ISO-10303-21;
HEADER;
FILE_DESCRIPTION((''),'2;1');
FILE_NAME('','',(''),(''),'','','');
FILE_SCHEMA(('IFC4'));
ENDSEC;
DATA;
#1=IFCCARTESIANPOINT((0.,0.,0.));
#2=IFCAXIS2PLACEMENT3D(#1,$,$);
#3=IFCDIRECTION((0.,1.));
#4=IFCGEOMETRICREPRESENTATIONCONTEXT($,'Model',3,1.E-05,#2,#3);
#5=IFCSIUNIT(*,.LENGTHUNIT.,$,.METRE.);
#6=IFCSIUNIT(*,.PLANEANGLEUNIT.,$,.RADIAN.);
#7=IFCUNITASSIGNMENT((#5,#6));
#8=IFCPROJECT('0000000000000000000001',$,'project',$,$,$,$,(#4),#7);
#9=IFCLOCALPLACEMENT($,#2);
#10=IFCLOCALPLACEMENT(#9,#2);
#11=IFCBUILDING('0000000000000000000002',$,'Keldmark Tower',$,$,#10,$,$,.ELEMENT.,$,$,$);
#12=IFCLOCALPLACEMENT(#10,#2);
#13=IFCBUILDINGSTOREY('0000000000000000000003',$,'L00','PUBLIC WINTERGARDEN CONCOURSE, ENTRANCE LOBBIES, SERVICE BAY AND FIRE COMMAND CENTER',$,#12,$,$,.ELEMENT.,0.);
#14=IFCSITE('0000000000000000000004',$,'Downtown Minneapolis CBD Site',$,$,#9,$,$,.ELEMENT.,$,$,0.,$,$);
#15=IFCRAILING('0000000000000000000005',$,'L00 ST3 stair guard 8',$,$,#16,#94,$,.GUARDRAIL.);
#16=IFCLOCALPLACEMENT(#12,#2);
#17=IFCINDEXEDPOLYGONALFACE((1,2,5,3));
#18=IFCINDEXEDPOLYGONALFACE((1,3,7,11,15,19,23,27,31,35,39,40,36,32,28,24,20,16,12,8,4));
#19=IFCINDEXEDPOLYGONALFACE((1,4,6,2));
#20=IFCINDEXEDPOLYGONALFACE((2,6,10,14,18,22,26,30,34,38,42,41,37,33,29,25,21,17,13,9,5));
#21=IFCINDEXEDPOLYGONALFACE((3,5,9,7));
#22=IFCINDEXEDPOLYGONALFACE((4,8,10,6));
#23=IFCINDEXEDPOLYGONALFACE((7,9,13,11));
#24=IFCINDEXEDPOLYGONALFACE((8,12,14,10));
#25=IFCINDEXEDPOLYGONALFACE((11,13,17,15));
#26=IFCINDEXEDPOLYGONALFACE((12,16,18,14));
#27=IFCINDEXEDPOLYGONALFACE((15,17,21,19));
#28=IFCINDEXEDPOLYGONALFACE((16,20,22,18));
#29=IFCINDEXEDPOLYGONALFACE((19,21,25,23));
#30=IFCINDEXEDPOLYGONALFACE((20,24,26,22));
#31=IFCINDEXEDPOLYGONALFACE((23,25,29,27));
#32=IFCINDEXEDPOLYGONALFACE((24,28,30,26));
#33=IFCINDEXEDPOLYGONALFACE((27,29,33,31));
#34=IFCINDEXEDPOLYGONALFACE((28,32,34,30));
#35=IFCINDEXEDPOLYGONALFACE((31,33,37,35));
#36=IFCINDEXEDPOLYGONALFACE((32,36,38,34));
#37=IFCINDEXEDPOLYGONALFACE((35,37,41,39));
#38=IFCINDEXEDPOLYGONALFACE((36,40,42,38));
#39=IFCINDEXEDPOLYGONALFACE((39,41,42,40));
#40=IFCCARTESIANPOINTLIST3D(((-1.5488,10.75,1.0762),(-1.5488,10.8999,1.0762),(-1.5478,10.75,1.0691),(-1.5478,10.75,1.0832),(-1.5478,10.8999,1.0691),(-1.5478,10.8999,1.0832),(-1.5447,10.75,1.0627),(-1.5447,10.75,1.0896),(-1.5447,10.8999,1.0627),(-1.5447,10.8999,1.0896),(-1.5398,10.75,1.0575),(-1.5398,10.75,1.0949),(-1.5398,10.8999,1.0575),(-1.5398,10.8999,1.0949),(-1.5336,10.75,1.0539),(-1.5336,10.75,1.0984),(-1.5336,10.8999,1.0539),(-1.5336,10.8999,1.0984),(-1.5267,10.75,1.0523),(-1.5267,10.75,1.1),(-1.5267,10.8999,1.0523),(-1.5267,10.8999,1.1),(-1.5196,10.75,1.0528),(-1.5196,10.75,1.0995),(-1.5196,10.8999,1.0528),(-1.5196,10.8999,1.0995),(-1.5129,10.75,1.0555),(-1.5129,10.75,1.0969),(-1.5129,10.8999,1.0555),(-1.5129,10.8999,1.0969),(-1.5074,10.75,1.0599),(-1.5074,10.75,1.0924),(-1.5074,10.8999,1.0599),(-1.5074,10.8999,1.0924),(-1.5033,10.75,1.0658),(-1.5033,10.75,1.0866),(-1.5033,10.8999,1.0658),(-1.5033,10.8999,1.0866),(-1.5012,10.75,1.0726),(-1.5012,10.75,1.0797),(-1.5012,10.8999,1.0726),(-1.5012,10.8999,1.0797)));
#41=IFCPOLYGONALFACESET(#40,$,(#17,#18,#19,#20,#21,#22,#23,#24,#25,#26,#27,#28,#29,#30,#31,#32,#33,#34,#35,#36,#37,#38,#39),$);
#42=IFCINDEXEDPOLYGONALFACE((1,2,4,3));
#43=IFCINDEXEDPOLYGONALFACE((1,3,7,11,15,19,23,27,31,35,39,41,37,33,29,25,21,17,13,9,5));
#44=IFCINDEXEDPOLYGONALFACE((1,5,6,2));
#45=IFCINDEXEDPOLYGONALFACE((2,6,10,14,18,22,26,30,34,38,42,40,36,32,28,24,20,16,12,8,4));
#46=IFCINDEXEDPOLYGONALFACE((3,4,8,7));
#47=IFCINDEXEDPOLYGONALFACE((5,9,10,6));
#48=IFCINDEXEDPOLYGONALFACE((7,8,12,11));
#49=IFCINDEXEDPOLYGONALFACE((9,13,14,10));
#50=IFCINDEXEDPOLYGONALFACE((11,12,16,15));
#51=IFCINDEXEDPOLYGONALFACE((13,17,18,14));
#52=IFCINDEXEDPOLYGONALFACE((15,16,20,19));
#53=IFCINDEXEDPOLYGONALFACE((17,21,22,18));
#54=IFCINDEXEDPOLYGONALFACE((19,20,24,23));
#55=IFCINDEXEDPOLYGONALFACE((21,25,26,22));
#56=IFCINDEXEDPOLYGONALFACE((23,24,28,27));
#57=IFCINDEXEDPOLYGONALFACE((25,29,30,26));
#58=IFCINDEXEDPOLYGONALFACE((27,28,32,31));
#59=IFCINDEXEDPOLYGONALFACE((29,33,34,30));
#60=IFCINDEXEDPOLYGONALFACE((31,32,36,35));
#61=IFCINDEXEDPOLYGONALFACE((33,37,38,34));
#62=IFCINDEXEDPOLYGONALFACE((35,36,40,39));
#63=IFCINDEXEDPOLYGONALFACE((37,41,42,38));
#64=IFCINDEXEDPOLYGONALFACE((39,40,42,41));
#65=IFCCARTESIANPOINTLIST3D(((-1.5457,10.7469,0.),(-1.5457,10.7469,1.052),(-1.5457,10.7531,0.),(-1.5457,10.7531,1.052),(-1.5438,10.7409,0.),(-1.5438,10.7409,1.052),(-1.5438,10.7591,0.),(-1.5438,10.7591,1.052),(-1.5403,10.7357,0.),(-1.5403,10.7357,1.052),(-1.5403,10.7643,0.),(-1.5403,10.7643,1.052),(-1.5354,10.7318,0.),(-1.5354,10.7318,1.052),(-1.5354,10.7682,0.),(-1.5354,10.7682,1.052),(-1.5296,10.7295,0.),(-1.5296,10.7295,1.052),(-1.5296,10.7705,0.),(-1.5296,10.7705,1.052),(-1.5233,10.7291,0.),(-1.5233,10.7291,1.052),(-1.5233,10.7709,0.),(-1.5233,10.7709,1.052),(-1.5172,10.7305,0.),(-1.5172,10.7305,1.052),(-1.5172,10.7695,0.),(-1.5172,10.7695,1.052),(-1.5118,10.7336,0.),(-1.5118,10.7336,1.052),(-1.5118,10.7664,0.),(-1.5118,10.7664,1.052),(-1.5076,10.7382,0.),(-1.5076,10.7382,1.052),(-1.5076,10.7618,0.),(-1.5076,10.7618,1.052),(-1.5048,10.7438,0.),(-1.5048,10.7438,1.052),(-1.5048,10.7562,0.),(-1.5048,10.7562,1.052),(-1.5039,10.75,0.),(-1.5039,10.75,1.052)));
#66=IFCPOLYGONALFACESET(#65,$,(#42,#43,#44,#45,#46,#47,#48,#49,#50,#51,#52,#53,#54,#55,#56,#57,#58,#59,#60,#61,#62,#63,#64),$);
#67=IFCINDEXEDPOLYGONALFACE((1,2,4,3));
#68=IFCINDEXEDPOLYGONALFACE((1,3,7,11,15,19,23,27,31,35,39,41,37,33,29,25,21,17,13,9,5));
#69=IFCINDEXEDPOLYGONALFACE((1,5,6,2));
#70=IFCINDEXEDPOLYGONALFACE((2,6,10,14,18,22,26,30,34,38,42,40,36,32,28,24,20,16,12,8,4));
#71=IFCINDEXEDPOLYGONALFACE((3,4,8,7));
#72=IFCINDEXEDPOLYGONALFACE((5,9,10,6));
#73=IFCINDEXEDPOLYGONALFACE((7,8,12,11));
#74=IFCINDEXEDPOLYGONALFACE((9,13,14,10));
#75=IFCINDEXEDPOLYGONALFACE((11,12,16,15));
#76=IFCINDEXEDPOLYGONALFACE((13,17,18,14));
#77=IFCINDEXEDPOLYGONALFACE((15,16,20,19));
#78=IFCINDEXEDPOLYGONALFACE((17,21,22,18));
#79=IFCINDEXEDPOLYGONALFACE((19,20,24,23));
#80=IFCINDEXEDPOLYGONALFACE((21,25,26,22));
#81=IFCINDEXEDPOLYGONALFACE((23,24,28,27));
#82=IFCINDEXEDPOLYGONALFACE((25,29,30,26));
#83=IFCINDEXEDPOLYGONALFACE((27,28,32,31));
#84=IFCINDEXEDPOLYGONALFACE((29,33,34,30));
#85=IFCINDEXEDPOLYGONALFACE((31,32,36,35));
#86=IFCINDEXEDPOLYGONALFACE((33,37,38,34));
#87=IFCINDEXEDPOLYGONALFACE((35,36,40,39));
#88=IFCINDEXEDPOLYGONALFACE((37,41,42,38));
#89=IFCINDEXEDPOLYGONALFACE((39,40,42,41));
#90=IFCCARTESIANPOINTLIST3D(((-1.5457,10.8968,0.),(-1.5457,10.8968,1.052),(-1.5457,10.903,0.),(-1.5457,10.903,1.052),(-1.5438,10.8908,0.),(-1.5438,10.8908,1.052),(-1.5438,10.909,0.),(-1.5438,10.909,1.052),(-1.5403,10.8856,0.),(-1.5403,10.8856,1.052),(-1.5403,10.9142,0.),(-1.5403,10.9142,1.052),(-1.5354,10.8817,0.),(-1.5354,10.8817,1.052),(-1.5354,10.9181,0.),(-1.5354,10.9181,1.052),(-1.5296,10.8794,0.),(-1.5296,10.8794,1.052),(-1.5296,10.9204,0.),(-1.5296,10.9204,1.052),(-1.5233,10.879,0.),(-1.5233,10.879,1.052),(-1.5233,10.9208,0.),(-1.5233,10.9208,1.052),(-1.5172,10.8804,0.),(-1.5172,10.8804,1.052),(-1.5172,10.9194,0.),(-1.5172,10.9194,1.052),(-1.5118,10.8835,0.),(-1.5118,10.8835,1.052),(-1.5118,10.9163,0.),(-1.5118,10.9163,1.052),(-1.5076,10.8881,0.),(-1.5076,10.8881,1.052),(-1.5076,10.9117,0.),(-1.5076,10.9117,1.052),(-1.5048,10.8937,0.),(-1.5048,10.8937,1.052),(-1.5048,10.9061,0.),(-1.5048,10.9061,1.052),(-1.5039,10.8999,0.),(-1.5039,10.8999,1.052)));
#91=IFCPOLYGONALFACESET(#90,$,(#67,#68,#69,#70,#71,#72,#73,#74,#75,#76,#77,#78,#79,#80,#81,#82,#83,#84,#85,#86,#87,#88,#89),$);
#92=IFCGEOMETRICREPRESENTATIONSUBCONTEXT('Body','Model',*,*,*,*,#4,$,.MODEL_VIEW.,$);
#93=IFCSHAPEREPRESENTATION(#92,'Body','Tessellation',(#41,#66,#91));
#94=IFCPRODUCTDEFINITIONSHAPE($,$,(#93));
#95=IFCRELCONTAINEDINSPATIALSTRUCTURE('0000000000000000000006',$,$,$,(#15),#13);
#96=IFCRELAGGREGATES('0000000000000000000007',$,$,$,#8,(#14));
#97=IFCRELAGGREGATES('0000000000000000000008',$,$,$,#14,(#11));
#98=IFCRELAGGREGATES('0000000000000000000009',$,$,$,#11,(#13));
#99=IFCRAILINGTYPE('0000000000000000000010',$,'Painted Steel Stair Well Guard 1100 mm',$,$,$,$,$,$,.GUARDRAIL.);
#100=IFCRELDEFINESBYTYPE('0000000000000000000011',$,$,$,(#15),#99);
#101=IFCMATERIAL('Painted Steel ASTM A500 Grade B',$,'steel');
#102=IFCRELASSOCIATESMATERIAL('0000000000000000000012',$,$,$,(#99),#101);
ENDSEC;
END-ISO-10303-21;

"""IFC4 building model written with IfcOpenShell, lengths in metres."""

from ifc_helpers import new_model, si_unit, direction, frame, origin, origin_2d, place, context, subcontext, project, spatial, circle, extrude, material, type_object, element, save


model = new_model("IFC4")

# Units and contexts
model_context = context("Model", 3, precision=1e-05, world=origin(), true_north=direction((0.0, 1.0)))
body_context = subcontext(model_context, "Body", "Model", "MODEL_VIEW")
ifc_project = project(units=[si_unit("LENGTHUNIT", "METRE"), si_unit("PLANEANGLEUNIT", "RADIAN")], contexts=[model_context])

# Site, building, storey
site_placement = place(None, origin())
site = spatial("IfcSite", under=ifc_project, at=site_placement, Name="Downtown Minneapolis CBD Site", CompositionType="ELEMENT", RefElevation=0.0)
building_placement = place(site_placement, origin())
building = spatial("IfcBuilding", under=site, at=building_placement, Name="Keldmark Tower", CompositionType="ELEMENT")
storey_placement = place(building_placement, origin())
storey = spatial("IfcBuildingStorey", under=building, at=storey_placement, Name="L00", Description="PUBLIC WINTERGARDEN CONCOURSE, ENTRANCE LOBBIES, SERVICE BAY AND FIRE COMMAND CENTER", CompositionType="ELEMENT", Elevation=0.0)

# Railing
ifc_material_1 = material(Name="Painted Steel ASTM A500 Grade B", Category="steel")
railing_type = type_object("IfcRailingType", Name="Painted Steel Stair Well Guard 1100 mm", PredefinedType="GUARDRAIL", material=ifc_material_1)
railing_1_placement = place(storey_placement, frame((-1.5249, 10.75, 0.0)))
element("IfcRailing", 1, at=railing_1_placement, inside=storey, type_object=railing_type, Name="L00 ST3 stair guard 8", PredefinedType="GUARDRAIL", context=body_context, shape_type="SweptSolid", body=[
    extrude(circle(Radius=0.0239, at=origin_2d()), frame((0.0, 0.0, 1.0762), z_axis=(0.0, 1.0, 0.0), x_axis=(-1.0, 0.0, 0.0)), (0.0, 0.0, 1.0), 0.1499),
    extrude(circle(Radius=0.021, at=origin_2d()), origin(), (0.0, 0.0, 1.0), 1.052),
    extrude(circle(Radius=0.021, at=origin_2d()), frame((0.0, 0.1499, 0.0)), (0.0, 0.0, 1.0), 1.052),
])

save(model, "model.ifc")
